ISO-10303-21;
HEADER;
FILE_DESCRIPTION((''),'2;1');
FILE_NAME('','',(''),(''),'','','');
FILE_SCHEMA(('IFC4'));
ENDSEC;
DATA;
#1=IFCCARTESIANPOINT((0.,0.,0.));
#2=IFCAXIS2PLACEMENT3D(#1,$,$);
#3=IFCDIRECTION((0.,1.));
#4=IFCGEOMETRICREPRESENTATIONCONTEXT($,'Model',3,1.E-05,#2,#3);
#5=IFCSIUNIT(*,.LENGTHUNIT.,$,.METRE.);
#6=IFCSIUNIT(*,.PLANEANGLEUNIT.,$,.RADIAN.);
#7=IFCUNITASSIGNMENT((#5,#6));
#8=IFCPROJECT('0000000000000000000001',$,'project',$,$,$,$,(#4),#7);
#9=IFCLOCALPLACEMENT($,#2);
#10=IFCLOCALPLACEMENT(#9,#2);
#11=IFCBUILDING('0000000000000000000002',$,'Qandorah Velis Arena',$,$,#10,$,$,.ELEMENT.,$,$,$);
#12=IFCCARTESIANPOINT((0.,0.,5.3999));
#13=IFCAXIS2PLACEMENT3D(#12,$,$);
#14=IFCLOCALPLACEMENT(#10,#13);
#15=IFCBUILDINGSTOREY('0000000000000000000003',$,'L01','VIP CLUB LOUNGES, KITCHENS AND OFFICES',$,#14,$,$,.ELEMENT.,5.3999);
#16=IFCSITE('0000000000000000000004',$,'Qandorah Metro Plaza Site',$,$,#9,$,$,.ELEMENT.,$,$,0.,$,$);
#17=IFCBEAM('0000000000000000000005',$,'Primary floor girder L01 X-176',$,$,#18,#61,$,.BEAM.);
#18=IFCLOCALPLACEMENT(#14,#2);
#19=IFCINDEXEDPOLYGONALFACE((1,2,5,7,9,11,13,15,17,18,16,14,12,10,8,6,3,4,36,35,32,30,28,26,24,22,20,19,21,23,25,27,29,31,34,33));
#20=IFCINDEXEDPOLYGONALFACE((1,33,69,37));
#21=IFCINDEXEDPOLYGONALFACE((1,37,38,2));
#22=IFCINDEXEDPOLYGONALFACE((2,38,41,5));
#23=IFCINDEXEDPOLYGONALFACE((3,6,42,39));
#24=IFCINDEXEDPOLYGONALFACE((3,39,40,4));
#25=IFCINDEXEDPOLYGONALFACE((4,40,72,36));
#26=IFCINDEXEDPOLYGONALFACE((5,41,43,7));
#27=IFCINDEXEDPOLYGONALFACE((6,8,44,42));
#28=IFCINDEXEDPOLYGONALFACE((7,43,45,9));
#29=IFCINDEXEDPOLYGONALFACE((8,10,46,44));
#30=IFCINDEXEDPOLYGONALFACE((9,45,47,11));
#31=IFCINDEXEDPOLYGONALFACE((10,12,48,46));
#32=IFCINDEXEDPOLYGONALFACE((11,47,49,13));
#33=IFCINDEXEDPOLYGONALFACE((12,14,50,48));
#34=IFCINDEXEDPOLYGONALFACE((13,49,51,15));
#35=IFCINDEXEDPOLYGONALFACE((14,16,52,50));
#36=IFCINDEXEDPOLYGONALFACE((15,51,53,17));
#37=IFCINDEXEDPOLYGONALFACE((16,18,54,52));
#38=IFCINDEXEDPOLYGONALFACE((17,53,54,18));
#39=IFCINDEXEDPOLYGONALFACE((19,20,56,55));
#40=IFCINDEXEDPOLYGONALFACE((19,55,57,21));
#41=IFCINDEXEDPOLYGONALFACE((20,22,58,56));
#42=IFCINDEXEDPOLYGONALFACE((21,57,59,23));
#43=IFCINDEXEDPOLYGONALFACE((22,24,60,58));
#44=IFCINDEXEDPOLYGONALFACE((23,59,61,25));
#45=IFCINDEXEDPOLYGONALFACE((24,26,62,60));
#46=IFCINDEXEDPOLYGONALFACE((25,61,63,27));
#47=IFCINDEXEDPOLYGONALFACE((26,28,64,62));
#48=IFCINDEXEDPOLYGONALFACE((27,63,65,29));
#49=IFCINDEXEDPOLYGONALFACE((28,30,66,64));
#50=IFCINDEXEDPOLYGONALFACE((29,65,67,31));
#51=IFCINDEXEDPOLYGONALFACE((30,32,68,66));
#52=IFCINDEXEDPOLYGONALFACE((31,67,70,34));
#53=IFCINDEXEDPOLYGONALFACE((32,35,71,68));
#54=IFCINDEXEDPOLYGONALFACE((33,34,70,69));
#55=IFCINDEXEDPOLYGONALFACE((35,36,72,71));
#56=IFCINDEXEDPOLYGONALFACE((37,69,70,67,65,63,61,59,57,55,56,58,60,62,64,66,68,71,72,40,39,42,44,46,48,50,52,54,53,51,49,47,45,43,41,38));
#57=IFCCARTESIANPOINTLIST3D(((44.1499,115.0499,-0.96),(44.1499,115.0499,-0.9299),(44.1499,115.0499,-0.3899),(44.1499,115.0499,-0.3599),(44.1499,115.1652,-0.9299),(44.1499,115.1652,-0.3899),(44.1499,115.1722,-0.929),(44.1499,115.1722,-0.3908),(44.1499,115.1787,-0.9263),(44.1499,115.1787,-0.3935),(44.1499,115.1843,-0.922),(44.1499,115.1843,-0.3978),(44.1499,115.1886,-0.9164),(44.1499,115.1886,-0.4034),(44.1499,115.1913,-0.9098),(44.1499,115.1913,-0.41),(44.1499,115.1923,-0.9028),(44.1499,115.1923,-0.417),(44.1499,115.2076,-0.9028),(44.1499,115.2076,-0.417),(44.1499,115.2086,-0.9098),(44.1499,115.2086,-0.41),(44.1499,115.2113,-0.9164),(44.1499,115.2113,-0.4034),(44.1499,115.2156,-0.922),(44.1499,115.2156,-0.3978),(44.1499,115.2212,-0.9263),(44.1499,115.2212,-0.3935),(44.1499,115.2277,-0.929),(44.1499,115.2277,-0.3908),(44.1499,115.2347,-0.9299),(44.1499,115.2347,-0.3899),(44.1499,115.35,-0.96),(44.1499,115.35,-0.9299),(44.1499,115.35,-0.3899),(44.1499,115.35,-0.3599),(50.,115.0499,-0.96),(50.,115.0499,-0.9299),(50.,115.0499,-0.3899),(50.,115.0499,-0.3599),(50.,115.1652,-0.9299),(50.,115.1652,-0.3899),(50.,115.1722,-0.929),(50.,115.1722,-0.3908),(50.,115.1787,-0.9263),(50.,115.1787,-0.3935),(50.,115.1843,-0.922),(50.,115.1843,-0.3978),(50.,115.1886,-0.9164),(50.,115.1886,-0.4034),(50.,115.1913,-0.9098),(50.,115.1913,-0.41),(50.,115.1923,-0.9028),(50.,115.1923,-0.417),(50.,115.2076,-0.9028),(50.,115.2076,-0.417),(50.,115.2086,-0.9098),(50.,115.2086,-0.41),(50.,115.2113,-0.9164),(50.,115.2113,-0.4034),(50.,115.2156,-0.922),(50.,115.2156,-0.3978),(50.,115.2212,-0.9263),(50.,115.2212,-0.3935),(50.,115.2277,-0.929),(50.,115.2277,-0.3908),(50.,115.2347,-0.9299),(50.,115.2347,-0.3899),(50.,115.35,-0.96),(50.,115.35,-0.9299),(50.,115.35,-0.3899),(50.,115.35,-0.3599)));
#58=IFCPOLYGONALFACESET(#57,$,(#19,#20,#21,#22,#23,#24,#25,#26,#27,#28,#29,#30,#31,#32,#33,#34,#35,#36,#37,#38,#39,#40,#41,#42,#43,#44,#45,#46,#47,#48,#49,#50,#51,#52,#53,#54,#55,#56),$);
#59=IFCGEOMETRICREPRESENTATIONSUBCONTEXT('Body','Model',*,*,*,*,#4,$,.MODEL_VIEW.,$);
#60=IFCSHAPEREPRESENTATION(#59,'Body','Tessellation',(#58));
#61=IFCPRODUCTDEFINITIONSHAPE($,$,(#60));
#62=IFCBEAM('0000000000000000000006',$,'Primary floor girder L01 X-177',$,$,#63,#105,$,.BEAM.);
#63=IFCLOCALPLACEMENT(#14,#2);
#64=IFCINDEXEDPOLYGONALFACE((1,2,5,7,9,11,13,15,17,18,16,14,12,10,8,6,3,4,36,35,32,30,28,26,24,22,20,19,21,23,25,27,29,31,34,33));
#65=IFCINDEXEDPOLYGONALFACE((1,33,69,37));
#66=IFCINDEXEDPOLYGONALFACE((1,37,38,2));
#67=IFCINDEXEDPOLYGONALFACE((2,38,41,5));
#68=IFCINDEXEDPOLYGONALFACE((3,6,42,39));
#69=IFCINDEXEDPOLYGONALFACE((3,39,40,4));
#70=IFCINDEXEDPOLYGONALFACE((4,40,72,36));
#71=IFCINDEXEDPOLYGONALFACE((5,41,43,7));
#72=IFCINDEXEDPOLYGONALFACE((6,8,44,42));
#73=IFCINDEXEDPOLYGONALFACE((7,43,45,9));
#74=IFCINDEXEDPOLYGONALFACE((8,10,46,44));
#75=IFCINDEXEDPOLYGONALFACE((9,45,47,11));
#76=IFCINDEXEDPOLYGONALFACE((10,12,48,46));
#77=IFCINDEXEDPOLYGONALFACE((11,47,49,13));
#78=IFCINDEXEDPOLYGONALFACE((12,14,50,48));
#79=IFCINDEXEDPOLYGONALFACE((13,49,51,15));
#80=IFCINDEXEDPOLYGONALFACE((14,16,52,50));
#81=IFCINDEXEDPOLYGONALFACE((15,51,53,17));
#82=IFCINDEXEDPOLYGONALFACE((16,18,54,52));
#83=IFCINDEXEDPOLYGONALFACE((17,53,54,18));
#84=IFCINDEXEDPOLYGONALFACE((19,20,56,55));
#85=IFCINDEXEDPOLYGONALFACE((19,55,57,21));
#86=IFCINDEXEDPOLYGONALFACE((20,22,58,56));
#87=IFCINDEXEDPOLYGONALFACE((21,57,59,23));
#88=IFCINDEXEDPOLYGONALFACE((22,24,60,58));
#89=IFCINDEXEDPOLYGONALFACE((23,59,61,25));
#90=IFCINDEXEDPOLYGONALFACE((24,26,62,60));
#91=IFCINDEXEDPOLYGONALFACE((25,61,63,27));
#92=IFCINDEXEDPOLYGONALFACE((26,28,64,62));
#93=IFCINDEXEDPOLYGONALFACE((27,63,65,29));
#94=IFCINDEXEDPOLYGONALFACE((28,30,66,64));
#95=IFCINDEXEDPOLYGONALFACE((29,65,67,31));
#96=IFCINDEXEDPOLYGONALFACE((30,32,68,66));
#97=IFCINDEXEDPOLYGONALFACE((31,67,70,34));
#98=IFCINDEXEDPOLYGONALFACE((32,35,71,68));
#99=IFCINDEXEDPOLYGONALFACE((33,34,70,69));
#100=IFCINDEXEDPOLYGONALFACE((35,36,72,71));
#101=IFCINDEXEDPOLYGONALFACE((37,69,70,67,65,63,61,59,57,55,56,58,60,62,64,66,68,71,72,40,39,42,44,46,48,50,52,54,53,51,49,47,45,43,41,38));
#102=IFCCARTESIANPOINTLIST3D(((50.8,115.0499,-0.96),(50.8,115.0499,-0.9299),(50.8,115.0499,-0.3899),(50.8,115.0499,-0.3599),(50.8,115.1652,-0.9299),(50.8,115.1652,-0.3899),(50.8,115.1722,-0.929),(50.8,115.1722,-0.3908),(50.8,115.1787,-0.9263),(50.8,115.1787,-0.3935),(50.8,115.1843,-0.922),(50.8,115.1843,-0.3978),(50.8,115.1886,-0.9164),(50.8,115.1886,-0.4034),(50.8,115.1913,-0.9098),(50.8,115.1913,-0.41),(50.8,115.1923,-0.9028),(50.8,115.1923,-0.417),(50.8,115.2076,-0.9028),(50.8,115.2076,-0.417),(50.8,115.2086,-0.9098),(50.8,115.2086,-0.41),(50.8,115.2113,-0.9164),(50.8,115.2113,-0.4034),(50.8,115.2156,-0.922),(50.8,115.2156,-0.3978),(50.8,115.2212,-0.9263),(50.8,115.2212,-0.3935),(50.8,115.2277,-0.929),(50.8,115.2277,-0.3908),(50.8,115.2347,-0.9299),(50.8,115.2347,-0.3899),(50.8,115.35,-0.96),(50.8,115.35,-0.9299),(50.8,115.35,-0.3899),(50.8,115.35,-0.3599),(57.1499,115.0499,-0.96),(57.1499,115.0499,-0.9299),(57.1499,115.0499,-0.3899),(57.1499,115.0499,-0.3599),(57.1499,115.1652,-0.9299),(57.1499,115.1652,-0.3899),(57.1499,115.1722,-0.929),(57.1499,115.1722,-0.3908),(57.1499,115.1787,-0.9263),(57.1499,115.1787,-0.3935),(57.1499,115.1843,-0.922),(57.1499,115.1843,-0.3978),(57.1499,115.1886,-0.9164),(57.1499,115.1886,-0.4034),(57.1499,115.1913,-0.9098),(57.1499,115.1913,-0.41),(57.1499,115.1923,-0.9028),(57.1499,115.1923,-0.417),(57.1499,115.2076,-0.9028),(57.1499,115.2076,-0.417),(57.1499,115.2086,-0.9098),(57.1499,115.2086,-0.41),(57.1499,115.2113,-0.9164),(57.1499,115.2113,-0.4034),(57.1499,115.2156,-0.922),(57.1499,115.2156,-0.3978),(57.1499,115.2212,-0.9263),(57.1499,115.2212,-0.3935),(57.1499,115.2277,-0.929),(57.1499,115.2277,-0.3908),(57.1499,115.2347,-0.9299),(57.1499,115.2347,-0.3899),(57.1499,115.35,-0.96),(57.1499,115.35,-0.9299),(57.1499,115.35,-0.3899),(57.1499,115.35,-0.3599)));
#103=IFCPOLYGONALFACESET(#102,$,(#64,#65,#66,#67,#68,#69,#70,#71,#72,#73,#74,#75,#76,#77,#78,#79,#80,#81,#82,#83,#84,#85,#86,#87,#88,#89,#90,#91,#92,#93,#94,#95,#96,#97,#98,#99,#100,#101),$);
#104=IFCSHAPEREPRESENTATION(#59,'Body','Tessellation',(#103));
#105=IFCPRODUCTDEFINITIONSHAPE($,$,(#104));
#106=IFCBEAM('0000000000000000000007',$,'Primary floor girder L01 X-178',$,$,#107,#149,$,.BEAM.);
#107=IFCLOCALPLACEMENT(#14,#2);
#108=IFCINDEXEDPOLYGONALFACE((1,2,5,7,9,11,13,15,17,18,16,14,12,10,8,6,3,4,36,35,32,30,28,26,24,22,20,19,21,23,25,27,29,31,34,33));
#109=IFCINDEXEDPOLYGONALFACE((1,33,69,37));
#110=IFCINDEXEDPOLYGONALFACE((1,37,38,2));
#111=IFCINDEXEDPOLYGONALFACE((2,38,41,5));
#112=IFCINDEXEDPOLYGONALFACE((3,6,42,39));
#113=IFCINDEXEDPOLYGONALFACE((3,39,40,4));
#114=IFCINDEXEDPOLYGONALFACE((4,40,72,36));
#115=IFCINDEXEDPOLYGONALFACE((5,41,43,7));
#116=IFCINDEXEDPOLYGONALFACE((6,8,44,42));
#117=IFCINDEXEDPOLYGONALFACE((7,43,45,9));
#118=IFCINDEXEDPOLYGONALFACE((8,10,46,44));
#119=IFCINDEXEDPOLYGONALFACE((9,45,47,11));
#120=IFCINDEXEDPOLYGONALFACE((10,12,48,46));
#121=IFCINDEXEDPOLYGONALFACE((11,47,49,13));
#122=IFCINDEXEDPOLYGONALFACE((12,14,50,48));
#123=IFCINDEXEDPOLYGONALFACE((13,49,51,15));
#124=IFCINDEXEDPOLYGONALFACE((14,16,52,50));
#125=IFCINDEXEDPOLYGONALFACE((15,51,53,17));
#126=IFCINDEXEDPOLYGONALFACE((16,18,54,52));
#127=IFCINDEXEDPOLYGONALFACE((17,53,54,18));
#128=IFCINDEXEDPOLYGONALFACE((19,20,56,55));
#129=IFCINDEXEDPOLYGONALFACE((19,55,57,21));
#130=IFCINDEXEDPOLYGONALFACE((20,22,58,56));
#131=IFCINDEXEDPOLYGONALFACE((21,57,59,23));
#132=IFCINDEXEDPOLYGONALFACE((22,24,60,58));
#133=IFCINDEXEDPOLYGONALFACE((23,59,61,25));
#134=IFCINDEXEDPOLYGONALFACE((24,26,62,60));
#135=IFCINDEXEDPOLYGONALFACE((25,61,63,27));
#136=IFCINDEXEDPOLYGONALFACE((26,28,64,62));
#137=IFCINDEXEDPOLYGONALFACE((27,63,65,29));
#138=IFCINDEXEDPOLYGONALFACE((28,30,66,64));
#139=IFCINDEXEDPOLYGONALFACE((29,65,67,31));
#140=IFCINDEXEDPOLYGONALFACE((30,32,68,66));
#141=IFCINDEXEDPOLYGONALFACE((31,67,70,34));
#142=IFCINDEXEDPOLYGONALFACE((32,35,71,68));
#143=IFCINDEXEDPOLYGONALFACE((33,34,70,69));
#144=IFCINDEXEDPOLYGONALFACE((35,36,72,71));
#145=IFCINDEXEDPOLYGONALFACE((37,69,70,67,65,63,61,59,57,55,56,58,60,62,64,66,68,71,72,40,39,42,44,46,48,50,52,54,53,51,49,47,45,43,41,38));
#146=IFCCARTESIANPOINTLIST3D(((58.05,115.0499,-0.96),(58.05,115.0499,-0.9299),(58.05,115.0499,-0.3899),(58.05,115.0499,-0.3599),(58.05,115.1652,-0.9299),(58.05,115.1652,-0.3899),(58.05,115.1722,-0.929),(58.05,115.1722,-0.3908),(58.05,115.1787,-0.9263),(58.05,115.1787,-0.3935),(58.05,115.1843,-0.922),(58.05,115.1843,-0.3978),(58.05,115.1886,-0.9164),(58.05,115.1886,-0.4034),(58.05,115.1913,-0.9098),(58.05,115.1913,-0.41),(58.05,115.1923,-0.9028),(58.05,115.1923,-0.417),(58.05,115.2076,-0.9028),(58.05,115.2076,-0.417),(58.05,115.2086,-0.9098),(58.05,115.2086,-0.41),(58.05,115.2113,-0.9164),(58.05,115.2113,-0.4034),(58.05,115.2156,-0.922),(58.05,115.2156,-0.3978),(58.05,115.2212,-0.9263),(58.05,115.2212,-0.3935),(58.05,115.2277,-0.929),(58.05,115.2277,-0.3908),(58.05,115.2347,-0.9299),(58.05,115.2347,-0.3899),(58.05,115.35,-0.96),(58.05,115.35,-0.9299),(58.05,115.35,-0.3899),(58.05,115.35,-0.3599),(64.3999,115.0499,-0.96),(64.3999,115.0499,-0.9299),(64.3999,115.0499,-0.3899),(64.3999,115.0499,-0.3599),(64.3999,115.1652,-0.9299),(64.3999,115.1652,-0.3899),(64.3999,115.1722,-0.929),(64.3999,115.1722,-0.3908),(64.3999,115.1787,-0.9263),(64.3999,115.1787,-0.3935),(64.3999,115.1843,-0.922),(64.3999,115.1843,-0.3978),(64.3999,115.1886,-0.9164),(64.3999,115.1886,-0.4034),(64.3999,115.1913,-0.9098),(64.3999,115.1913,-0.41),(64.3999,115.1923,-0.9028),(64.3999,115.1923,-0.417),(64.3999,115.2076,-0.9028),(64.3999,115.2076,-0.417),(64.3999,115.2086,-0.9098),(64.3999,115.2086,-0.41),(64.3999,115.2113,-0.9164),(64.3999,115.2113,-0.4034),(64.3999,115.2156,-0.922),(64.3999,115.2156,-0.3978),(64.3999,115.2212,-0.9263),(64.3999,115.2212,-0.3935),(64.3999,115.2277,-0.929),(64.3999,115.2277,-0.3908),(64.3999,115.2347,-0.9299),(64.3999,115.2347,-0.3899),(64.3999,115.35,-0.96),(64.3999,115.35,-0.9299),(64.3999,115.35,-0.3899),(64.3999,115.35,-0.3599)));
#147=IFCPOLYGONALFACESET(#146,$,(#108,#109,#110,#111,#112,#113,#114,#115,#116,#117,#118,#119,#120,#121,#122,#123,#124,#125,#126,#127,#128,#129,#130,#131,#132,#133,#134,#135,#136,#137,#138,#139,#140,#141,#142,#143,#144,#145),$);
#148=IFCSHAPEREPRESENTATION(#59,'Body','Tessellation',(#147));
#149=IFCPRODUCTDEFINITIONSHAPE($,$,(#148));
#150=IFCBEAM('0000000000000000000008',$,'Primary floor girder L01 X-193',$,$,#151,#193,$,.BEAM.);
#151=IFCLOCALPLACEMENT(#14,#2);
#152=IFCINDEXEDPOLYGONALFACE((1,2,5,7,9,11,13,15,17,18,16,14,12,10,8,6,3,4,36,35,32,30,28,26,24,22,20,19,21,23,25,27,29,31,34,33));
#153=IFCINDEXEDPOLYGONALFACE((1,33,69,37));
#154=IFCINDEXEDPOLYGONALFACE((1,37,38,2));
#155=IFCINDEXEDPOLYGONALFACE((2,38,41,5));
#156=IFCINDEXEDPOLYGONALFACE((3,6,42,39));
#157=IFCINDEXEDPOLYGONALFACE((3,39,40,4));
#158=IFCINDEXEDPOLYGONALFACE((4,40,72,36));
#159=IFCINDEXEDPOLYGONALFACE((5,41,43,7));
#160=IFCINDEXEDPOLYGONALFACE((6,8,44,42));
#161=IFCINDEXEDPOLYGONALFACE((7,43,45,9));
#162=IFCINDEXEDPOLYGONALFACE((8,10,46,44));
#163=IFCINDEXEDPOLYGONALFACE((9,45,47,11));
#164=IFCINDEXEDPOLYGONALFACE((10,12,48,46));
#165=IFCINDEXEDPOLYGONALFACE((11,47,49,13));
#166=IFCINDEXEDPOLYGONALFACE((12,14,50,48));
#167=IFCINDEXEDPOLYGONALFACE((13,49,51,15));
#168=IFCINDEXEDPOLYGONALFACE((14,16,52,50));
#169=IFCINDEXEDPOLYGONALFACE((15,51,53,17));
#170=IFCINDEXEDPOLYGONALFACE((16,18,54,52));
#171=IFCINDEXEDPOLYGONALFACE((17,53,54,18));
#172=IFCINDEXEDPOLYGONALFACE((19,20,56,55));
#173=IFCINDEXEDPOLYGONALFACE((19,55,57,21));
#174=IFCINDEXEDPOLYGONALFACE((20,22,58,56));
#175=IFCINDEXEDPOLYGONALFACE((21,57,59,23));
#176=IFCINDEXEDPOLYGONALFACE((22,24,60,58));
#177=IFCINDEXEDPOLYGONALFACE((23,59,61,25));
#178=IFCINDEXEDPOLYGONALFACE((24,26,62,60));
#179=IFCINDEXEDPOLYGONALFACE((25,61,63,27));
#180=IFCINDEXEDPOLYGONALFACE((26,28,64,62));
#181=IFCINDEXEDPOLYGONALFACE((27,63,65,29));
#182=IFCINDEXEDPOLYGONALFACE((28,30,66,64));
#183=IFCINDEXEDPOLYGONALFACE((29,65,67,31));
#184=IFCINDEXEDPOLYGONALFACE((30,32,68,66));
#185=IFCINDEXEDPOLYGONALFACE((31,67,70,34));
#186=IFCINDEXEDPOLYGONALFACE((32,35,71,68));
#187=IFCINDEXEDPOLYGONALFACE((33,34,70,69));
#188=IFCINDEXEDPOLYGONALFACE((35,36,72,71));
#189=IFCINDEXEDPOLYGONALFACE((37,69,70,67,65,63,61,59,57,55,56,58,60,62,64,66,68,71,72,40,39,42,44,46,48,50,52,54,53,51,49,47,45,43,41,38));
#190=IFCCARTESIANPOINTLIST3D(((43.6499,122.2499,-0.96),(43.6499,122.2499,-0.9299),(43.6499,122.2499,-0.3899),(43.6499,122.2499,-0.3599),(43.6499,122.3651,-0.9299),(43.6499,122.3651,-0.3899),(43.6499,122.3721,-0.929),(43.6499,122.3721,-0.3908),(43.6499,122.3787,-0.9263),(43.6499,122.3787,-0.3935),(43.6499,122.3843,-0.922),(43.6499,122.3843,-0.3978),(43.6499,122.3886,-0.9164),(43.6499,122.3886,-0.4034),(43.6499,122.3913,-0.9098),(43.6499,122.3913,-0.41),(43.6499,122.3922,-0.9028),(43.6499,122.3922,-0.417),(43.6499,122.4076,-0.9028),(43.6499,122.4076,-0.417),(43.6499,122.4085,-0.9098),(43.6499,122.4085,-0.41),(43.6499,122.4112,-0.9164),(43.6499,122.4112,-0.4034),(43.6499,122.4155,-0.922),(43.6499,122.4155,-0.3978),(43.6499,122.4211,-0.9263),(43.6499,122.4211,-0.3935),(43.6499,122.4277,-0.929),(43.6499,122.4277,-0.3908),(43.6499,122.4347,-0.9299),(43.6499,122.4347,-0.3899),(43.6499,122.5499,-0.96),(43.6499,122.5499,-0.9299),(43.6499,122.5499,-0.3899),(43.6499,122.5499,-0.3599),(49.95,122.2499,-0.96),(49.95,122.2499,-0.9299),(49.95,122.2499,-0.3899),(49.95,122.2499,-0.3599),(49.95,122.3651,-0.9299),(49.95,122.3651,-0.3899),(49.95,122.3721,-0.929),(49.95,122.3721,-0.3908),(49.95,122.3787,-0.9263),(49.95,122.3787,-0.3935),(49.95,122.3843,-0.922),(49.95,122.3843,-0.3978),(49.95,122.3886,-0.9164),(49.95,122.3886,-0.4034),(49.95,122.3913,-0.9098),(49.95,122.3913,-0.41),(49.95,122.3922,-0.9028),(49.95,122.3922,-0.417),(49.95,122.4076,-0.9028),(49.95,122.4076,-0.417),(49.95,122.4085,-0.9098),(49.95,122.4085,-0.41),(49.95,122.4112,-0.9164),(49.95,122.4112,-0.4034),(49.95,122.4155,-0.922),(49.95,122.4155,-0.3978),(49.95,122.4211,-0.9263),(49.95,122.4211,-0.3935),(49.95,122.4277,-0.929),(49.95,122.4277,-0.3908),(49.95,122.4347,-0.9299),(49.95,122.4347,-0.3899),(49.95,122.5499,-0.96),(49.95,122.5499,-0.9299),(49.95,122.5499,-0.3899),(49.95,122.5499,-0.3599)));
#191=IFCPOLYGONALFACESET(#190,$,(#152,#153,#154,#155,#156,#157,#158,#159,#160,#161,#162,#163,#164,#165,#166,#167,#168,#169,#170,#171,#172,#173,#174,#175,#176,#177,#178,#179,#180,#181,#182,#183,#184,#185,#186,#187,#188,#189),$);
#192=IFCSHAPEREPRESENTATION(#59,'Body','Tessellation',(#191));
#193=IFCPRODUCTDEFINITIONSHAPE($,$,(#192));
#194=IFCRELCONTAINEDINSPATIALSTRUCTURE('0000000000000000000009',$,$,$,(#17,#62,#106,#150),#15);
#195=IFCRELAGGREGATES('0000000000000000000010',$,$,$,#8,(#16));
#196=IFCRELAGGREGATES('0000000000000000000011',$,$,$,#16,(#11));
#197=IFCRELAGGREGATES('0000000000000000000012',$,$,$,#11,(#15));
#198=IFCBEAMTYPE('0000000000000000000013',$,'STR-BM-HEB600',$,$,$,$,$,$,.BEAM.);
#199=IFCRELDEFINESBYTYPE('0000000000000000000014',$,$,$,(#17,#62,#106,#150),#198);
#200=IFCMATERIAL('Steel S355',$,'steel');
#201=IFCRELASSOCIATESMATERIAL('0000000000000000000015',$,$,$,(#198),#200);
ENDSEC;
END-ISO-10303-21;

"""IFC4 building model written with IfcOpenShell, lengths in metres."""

from ifc_helpers import new_model, si_unit, direction, frame, origin, origin_2d, place, context, subcontext, project, spatial, i_section, extrude, material, material_profile, profile_set, type_object, element, save


model = new_model("IFC4")

# Units and contexts
model_context = context("Model", 3, precision=1e-05, world=origin(), true_north=direction((0.0, 1.0)))
body_context = subcontext(model_context, "Body", "Model", "MODEL_VIEW")
ifc_project = project(units=[si_unit("LENGTHUNIT", "METRE"), si_unit("PLANEANGLEUNIT", "RADIAN")], contexts=[model_context])

# Site, building, storey
site_placement = place(None, origin())
site = spatial("IfcSite", under=ifc_project, at=site_placement, Name="Qandorah Metro Plaza Site", CompositionType="ELEMENT", RefElevation=0.0)
building_placement = place(site_placement, origin())
building = spatial("IfcBuilding", under=site, at=building_placement, Name="Qandorah Velis Arena", CompositionType="ELEMENT")
storey_placement = place(building_placement, frame((0.0, 0.0, 5.3999)))
storey = spatial("IfcBuildingStorey", under=building, at=storey_placement, Name="L01", Description="VIP CLUB LOUNGES, KITCHENS AND OFFICES", CompositionType="ELEMENT", Elevation=5.3999)

# Beams
ifc_material_1 = material(Name="Steel S355", Category="steel")
ifc_material_profile_1 = material_profile(ifc_material_1, i_section(OverallWidth=0.3, OverallDepth=0.6001, WebThickness=0.0154, FlangeThickness=0.03, FilletRadius=0.0271, at=origin_2d()), Name="HEB 600")
ifc_profile_set_1 = profile_set([ifc_material_profile_1], Name="Steel S355")
beam_type_1 = type_object("IfcBeamType", Name="STR-BM-HEB600", PredefinedType="BEAM", material=ifc_profile_set_1)
beam_1_placement = place(storey_placement, frame((44.1499, 115.2, -0.6599), z_axis=(1.0, 0.0, 0.0), x_axis=(0.0, 1.0, 0.0)))
element("IfcBeam", 1, at=beam_1_placement, inside=storey, type_object=beam_type_1, Name="Primary floor girder L01 X-176", PredefinedType="BEAM", context=body_context, shape_type="SweptSolid", body=[
    extrude(i_section(OverallWidth=0.3, OverallDepth=0.6001, WebThickness=0.0154, FlangeThickness=0.03, FilletRadius=0.0271, at=origin_2d()), origin(), (0.0, 0.0, 1.0), 5.8501),
])
for number, where, z_axis, x_axis, name in (
    (2, (50.8, 115.2, -0.6599), (1.0, 0.0, 0.0), (0.0, 1.0, 0.0), "Primary floor girder L01 X-177"),
    (3, (58.05, 115.2, -0.6599), (1.0, 0.0, 0.0), (0.0, 1.0, 0.0), "Primary floor girder L01 X-178"),
):
    element("IfcBeam", number, at=place(storey_placement, frame(where, z_axis=z_axis, x_axis=x_axis)), inside=storey, type_object=beam_type_1, Name=name, PredefinedType="BEAM", context=body_context, shape_type="SweptSolid", body=[
        extrude(i_section(OverallWidth=0.3, OverallDepth=0.6001, WebThickness=0.0154, FlangeThickness=0.03, FilletRadius=0.0271, at=origin_2d()), origin(), (0.0, 0.0, 1.0), 6.3499),
    ])
beam_2_placement = place(storey_placement, frame((43.6499, 122.3999, -0.6599), z_axis=(1.0, 0.0, 0.0), x_axis=(0.0, 1.0, 0.0)))
element("IfcBeam", 4, at=beam_2_placement, inside=storey, type_object=beam_type_1, Name="Primary floor girder L01 X-193", PredefinedType="BEAM", context=body_context, shape_type="SweptSolid", body=[
    extrude(i_section(OverallWidth=0.3, OverallDepth=0.6001, WebThickness=0.0154, FlangeThickness=0.03, FilletRadius=0.0271, at=origin_2d()), origin(), (0.0, 0.0, 1.0), 6.3),
])

save(model, "model.ifc")
